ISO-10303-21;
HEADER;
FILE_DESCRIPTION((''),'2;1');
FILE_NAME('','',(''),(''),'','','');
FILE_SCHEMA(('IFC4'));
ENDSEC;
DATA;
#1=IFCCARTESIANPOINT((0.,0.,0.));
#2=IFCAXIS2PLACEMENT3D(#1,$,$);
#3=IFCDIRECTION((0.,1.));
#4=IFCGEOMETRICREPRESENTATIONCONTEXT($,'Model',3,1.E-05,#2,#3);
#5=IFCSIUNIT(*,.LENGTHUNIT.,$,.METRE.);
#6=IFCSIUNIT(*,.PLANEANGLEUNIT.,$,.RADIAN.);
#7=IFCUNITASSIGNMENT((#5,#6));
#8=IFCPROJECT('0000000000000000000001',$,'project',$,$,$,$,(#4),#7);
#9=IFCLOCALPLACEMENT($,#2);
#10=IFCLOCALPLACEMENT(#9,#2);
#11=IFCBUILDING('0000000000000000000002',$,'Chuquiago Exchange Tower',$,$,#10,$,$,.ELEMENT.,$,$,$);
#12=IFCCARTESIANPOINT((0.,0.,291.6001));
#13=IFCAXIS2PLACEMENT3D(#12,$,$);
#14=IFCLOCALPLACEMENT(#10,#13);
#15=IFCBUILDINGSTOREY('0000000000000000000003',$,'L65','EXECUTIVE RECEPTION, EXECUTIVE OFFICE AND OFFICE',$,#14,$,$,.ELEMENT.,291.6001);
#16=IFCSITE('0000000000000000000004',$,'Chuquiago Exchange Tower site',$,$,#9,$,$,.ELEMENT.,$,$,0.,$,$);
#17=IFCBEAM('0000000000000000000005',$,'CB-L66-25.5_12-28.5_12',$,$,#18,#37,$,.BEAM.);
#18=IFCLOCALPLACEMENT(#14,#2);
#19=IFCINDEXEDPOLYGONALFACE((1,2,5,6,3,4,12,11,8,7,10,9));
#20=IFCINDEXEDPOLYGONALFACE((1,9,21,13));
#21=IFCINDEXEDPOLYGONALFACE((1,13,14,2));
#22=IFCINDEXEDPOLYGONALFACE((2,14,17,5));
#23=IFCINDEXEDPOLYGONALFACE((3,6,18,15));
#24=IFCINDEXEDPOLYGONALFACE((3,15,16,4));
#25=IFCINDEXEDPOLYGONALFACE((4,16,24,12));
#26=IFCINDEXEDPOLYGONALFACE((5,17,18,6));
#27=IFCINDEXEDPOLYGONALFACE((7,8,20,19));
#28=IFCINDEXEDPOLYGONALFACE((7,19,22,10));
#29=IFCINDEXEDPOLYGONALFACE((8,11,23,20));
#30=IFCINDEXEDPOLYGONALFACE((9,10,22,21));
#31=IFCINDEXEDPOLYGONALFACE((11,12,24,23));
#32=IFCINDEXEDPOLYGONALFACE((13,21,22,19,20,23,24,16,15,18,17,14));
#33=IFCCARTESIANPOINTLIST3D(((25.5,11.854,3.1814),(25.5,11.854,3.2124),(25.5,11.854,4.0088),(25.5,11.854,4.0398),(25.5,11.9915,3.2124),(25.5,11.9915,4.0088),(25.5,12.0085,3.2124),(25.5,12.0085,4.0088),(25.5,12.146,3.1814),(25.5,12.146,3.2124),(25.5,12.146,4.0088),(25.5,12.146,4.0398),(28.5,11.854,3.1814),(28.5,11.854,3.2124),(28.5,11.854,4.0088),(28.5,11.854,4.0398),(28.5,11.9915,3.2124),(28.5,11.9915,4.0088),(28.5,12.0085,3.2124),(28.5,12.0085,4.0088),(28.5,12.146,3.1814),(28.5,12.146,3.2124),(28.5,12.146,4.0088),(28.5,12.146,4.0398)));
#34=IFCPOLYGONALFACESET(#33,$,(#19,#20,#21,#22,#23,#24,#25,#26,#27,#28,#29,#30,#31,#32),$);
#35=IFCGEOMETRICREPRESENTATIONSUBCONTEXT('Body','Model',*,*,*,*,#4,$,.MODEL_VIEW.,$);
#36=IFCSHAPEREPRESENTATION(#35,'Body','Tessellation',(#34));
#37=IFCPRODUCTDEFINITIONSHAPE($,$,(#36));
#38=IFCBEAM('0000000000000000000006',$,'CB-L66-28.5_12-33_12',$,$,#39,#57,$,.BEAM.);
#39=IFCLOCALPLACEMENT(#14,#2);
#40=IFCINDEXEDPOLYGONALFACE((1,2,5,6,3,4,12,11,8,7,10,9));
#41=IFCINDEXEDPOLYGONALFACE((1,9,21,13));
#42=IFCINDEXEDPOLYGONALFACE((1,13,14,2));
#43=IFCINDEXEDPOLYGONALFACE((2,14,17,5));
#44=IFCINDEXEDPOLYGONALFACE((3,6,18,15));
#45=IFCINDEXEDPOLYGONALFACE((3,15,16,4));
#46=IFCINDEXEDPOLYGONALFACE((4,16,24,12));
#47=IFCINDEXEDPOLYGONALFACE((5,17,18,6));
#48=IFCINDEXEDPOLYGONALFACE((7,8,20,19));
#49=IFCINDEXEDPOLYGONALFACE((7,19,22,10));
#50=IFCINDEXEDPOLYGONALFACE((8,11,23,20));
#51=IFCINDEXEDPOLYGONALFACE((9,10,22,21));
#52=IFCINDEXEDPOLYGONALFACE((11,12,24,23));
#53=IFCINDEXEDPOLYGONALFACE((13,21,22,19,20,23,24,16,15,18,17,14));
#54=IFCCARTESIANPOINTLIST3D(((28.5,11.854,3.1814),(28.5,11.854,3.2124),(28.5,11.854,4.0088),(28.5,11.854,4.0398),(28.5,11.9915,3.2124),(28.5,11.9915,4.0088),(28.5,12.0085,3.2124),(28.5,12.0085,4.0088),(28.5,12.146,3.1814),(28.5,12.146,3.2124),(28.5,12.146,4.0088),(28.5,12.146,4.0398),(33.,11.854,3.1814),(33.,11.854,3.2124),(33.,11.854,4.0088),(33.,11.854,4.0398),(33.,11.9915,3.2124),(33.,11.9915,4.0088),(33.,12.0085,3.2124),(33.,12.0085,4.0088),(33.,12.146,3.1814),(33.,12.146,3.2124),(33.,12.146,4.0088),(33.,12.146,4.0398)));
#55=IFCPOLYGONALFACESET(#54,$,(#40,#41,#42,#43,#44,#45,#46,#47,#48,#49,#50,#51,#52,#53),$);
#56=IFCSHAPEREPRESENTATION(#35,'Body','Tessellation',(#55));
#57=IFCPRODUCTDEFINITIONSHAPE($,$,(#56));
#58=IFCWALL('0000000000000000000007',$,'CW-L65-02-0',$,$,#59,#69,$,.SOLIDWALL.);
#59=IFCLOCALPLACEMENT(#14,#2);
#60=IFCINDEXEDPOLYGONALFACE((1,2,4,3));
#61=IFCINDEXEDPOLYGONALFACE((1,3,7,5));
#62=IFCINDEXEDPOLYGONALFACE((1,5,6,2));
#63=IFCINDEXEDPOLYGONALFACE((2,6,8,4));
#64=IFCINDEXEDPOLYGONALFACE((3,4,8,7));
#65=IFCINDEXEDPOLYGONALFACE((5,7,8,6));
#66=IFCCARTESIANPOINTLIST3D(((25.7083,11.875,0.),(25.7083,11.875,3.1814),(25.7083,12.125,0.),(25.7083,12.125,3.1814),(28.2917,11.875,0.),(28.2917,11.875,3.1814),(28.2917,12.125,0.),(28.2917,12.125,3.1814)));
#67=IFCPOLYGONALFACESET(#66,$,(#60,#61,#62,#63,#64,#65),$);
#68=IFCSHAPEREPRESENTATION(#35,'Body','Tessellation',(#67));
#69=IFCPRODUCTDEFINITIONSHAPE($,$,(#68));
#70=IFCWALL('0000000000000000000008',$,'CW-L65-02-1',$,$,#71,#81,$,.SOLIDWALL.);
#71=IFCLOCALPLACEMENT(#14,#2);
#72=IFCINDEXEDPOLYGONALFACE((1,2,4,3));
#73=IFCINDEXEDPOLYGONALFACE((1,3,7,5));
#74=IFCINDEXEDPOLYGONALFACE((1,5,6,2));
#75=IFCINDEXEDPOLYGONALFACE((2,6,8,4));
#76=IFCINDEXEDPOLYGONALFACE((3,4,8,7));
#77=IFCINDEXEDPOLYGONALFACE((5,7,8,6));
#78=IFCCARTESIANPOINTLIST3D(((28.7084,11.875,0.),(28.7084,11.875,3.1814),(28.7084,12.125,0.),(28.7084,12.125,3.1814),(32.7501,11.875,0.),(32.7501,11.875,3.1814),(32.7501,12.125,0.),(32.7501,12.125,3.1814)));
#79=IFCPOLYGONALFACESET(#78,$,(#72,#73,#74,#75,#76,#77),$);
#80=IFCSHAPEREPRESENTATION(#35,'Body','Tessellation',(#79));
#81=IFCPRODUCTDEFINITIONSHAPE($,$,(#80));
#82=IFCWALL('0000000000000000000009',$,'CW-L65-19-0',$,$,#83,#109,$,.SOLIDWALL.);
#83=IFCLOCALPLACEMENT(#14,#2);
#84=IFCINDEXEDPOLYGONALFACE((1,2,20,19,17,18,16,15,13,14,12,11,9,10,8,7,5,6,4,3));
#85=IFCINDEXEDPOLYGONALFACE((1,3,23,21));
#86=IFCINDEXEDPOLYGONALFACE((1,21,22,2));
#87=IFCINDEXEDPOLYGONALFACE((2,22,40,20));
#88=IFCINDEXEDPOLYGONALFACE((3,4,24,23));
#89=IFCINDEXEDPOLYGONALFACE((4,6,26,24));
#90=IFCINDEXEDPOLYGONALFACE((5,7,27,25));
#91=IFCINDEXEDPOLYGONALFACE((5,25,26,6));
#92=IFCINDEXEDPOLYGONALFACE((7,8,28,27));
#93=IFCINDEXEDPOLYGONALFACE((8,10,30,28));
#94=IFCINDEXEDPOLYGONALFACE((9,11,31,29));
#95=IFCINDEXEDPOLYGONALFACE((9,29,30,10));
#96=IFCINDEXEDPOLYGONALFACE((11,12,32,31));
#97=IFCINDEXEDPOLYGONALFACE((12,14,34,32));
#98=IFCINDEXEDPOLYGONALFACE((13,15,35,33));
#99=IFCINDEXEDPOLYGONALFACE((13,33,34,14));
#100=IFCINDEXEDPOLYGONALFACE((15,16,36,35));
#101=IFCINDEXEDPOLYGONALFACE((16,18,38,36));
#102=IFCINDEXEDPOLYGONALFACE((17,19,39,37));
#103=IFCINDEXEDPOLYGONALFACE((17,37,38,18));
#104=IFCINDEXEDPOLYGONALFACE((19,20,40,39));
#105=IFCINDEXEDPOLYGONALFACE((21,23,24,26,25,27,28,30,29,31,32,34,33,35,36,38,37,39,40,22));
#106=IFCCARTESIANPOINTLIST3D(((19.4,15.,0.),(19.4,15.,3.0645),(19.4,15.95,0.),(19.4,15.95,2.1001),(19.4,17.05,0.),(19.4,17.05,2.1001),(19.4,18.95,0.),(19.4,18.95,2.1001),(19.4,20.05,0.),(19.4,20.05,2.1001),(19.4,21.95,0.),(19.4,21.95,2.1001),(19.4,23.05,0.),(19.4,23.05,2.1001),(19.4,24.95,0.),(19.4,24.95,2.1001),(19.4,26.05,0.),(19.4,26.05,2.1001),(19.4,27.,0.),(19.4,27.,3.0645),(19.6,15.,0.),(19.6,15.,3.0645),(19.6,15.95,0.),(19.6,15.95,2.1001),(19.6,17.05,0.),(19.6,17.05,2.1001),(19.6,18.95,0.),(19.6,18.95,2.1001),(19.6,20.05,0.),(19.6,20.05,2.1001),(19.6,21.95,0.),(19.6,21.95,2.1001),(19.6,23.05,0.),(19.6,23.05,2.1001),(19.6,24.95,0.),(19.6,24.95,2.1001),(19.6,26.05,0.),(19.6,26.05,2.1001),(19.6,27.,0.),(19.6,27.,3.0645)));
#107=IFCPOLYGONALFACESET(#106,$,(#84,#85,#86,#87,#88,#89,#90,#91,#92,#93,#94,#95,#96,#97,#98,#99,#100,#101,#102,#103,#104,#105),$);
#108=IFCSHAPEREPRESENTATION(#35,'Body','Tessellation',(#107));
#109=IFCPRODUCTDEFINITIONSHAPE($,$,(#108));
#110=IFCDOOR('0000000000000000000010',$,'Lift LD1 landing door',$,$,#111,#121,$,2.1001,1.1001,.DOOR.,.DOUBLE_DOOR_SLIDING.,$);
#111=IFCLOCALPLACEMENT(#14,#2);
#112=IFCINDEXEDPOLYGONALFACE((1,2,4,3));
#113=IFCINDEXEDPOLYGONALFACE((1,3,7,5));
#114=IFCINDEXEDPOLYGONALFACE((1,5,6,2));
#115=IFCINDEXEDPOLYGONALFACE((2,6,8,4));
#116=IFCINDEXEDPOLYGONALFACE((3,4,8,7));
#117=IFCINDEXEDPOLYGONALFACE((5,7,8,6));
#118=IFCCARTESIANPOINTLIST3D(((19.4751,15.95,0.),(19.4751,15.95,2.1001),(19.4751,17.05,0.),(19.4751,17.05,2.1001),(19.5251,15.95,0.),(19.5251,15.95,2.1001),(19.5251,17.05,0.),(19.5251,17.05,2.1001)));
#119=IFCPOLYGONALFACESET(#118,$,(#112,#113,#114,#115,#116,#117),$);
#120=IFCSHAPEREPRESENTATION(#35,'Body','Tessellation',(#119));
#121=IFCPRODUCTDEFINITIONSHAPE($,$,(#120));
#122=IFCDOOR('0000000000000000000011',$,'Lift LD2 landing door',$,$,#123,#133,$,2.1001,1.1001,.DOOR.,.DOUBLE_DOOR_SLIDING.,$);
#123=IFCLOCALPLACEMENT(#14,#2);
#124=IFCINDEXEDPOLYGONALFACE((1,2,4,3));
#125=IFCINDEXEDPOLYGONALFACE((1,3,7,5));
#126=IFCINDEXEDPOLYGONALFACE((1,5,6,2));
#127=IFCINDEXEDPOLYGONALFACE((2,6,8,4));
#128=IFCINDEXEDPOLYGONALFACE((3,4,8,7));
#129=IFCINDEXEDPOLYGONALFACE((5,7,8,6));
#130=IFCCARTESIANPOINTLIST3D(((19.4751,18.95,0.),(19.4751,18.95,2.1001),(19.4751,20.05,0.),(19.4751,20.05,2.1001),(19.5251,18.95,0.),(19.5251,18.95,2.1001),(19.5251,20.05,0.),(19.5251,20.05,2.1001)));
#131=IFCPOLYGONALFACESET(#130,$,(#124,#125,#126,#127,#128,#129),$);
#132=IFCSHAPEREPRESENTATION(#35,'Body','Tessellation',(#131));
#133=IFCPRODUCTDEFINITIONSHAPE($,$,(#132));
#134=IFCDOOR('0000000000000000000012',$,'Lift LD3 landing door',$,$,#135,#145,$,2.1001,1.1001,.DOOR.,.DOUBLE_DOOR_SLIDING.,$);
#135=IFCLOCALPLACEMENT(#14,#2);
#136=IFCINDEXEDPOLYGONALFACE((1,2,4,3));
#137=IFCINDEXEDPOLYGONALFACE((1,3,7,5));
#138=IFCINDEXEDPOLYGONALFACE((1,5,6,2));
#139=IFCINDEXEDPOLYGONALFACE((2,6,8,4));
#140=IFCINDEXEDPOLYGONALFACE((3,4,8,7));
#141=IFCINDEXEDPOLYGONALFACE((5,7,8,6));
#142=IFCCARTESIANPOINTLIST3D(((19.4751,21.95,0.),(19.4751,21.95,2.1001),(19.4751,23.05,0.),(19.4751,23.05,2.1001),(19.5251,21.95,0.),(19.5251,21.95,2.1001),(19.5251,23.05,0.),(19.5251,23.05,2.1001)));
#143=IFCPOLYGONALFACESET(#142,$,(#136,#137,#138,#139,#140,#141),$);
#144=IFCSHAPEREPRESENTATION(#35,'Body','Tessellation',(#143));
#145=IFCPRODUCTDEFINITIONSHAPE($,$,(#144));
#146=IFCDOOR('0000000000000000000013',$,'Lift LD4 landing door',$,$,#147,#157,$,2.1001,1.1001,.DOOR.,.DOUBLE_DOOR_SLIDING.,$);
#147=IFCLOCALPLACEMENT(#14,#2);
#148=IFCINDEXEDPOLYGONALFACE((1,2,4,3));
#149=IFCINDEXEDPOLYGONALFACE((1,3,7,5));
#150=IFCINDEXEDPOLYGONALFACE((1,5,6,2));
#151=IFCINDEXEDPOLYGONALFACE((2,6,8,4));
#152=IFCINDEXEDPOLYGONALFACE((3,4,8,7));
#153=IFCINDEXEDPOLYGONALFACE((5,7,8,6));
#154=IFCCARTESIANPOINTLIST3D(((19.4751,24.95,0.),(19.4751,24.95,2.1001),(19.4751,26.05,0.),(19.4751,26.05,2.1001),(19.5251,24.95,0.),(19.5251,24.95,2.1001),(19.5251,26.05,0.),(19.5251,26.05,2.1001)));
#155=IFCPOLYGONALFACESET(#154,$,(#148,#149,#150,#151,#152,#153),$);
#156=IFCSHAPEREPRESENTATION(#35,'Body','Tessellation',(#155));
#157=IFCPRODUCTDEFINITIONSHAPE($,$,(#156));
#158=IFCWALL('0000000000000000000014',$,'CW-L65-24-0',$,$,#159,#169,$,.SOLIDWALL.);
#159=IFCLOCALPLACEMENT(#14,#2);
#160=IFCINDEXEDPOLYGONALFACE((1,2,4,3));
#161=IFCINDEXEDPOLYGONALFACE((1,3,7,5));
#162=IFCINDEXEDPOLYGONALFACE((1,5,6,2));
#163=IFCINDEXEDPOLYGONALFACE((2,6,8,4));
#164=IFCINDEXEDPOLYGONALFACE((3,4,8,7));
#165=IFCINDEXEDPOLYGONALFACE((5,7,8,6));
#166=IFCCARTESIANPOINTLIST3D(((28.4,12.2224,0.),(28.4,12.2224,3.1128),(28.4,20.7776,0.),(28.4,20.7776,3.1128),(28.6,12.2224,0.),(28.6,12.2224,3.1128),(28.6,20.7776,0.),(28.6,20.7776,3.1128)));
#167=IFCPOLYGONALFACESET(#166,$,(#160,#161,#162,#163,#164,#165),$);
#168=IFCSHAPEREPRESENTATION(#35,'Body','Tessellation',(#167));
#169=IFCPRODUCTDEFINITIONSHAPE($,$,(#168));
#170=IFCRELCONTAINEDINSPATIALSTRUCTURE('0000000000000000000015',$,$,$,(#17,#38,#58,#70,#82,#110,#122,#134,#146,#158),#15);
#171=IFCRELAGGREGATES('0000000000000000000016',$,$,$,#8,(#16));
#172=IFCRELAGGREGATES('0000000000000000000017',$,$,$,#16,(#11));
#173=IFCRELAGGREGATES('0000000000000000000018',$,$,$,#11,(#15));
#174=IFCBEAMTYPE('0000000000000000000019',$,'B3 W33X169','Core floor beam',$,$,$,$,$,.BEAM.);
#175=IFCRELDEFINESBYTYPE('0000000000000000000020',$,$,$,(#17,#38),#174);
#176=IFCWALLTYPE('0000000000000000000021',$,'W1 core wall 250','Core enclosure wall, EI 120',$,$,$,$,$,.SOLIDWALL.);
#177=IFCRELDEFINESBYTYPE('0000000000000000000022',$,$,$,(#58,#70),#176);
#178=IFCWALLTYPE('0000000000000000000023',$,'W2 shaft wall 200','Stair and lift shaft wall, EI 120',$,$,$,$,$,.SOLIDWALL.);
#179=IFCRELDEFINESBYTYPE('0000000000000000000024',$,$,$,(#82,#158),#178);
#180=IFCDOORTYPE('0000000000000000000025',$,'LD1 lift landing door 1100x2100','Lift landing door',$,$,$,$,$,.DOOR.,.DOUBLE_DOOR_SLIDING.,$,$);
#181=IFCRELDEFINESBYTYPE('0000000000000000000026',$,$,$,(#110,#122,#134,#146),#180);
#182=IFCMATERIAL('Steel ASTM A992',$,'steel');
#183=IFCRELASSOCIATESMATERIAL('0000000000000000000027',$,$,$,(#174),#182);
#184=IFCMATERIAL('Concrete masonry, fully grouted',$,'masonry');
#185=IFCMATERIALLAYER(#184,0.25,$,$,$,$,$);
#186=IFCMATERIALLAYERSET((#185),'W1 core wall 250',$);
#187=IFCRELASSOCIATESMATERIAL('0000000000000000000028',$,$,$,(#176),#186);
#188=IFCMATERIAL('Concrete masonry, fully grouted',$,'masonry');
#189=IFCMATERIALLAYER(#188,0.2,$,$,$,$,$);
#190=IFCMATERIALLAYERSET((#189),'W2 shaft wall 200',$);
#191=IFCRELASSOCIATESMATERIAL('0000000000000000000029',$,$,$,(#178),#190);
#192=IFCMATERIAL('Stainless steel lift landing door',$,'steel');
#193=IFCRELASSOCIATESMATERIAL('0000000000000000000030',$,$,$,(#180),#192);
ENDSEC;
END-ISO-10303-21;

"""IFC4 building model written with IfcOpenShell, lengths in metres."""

from ifc_helpers import new_model, si_unit, direction, frame, frame_2d, origin, origin_2d, place, context, subcontext, project, spatial, rectangle, i_section, extrude, material, layer, layer_set, material_profile, profile_set, type_object, element, fill, save


model = new_model("IFC4")

# Units and contexts
model_context = context("Model", 3, precision=1e-05, world=origin(), true_north=direction((0.0, 1.0)))
body_context = subcontext(model_context, "Body", "Model", "MODEL_VIEW")
ifc_project = project(units=[si_unit("LENGTHUNIT", "METRE"), si_unit("PLANEANGLEUNIT", "RADIAN")], contexts=[model_context])

# Site, building, storey
site_placement = place(None, origin())
site = spatial("IfcSite", under=ifc_project, at=site_placement, Name="Chuquiago Exchange Tower site", CompositionType="ELEMENT", RefElevation=0.0)
building_placement = place(site_placement, origin())
building = spatial("IfcBuilding", under=site, at=building_placement, Name="Chuquiago Exchange Tower", CompositionType="ELEMENT")
storey_placement = place(building_placement, frame((0.0, 0.0, 291.6001)))
storey = spatial("IfcBuildingStorey", under=building, at=storey_placement, Name="L65", Description="EXECUTIVE RECEPTION, EXECUTIVE OFFICE AND OFFICE", CompositionType="ELEMENT", Elevation=291.6001)

# Beams
ifc_material_1 = material(Name="Steel ASTM A992", Category="steel")
ifc_material_profile_1 = material_profile(ifc_material_1, i_section(OverallWidth=0.292, OverallDepth=0.8584, WebThickness=0.0171, FlangeThickness=0.031, at=origin_2d()), Name="W33X169")
ifc_profile_set_1 = profile_set([ifc_material_profile_1], Name="Steel ASTM A992")
beam_type_1 = type_object("IfcBeamType", Name="B3 W33X169", Description="Core floor beam", PredefinedType="BEAM", material=ifc_profile_set_1)
beam_1_placement = place(storey_placement, frame((25.5, 12.0, 3.6106), z_axis=(1.0, 0.0, 0.0), x_axis=(0.0, 1.0, 0.0)))
element("IfcBeam", 1, at=beam_1_placement, inside=storey, type_object=beam_type_1, Name="CB-L66-25.5_12-28.5_12", PredefinedType="BEAM", context=body_context, shape_type="SweptSolid", body=[
    extrude(i_section(OverallWidth=0.292, OverallDepth=0.8584, WebThickness=0.0171, FlangeThickness=0.031, at=origin_2d()), origin(), (0.0, 0.0, 1.0), 3.0),
])
beam_2_placement = place(storey_placement, frame((28.5, 12.0, 3.6106), z_axis=(1.0, 0.0, 0.0), x_axis=(0.0, 1.0, 0.0)))
element("IfcBeam", 2, at=beam_2_placement, inside=storey, type_object=beam_type_1, Name="CB-L66-28.5_12-33_12", PredefinedType="BEAM", context=body_context, shape_type="SweptSolid", body=[
    extrude(i_section(OverallWidth=0.292, OverallDepth=0.8584, WebThickness=0.0171, FlangeThickness=0.031, at=origin_2d()), origin(), (0.0, 0.0, 1.0), 4.5),
])

# Walls
ifc_material_2 = material(Name="Concrete masonry, fully grouted", Category="masonry")
ifc_layer_1 = layer(ifc_material_2, 0.25)
ifc_layer_set_1 = layer_set([ifc_layer_1], Name="W1 core wall 250")
wall_type_1 = type_object("IfcWallType", Name="W1 core wall 250", Description="Core enclosure wall, EI 120", PredefinedType="SOLIDWALL", material=ifc_layer_set_1)
wall_1_placement = place(storey_placement, frame((25.7083, 12.0, 0.0), z_axis=(0.0, 0.0, 1.0), x_axis=(1.0, 0.0, 0.0)))
element("IfcWall", 3, at=wall_1_placement, inside=storey, type_object=wall_type_1, Name="CW-L65-02-0", PredefinedType="SOLIDWALL", context=body_context, shape_type="SweptSolid", body=[
    extrude(rectangle(XDim=2.5835, YDim=0.25, at=frame_2d((1.2917, 0.0))), origin(), (0.0, 0.0, 1.0), 3.1814),
])
wall_2_placement = place(storey_placement, frame((28.7083, 12.0, 0.0), z_axis=(0.0, 0.0, 1.0), x_axis=(1.0, 0.0, 0.0)))
element("IfcWall", 4, at=wall_2_placement, inside=storey, type_object=wall_type_1, Name="CW-L65-02-1", PredefinedType="SOLIDWALL", context=body_context, shape_type="SweptSolid", body=[
    extrude(rectangle(XDim=4.0417, YDim=0.25, at=frame_2d((2.021, 0.0))), origin(), (0.0, 0.0, 1.0), 3.1814),
])

# Wall, openings, doors
ifc_material_3 = material(Name="Concrete masonry, fully grouted", Category="masonry")
ifc_layer_2 = layer(ifc_material_3, 0.2)
ifc_layer_set_2 = layer_set([ifc_layer_2], Name="W2 shaft wall 200")
wall_type_2 = type_object("IfcWallType", Name="W2 shaft wall 200", Description="Stair and lift shaft wall, EI 120", PredefinedType="SOLIDWALL", material=ifc_layer_set_2)
wall_3_placement = place(storey_placement, frame((19.5, 15.0, 0.0), z_axis=(0.0, 0.0, 1.0), x_axis=(0.0, 1.0, 0.0)))
wall_3 = element("IfcWall", 5, at=wall_3_placement, inside=storey, type_object=wall_type_2, Name="CW-L65-19-0", PredefinedType="SOLIDWALL", context=body_context, shape_type="SweptSolid", body=[
    extrude(rectangle(XDim=12.0, YDim=0.2, at=frame_2d((6.0, 0.0))), origin(), (0.0, 0.0, 1.0), 3.0645),
])
opening_1_placement = place(wall_3_placement, frame((0.95, 0.0, 0.0)))
opening_1 = element("IfcOpeningElement", 6, at=opening_1_placement, cuts=wall_3, PredefinedType="OPENING", context=body_context, shape_type="SweptSolid", body=[
    extrude(rectangle(XDim=1.1001, YDim=2.1001, at=frame_2d((0.55, 1.05))), frame((0.0, 0.1099, 0.0), z_axis=(0.0, -1.0, 0.0), x_axis=(1.0, 0.0, 0.0)), (0.0, 0.0, 1.0), 0.22),
])
opening_2_placement = place(wall_3_placement, frame((3.95, 0.0, 0.0)))
opening_2 = element("IfcOpeningElement", 7, at=opening_2_placement, cuts=wall_3, PredefinedType="OPENING", context=body_context, shape_type="SweptSolid", body=[
    extrude(rectangle(XDim=1.1001, YDim=2.1001, at=frame_2d((0.55, 1.05))), frame((0.0, 0.1099, 0.0), z_axis=(0.0, -1.0, 0.0), x_axis=(1.0, 0.0, 0.0)), (0.0, 0.0, 1.0), 0.22),
])
opening_3_placement = place(wall_3_placement, frame((6.95, 0.0, 0.0)))
opening_3 = element("IfcOpeningElement", 8, at=opening_3_placement, cuts=wall_3, PredefinedType="OPENING", context=body_context, shape_type="SweptSolid", body=[
    extrude(rectangle(XDim=1.1001, YDim=2.1001, at=frame_2d((0.55, 1.05))), frame((0.0, 0.1099, 0.0), z_axis=(0.0, -1.0, 0.0), x_axis=(1.0, 0.0, 0.0)), (0.0, 0.0, 1.0), 0.22),
])
opening_4_placement = place(wall_3_placement, frame((9.95, 0.0, 0.0)))
opening_4 = element("IfcOpeningElement", 9, at=opening_4_placement, cuts=wall_3, PredefinedType="OPENING", context=body_context, shape_type="SweptSolid", body=[
    extrude(rectangle(XDim=1.1001, YDim=2.1001, at=frame_2d((0.55, 1.05))), frame((0.0, 0.1099, 0.0), z_axis=(0.0, -1.0, 0.0), x_axis=(1.0, 0.0, 0.0)), (0.0, 0.0, 1.0), 0.22),
])
ifc_material_4 = material(Name="Stainless steel lift landing door", Category="steel")
door_type = type_object("IfcDoorType", Name="LD1 lift landing door 1100x2100", Description="Lift landing door", OperationType="DOUBLE_DOOR_SLIDING", PredefinedType="DOOR", material=ifc_material_4)
door_1_placement = place(opening_1_placement, origin())
door_1 = element("IfcDoor", 10, at=door_1_placement, inside=storey, type_object=door_type, Name="Lift LD1 landing door", OperationType="DOUBLE_DOOR_SLIDING", OverallHeight=2.1001, OverallWidth=1.1001, PredefinedType="DOOR", context=body_context, shape_type="SweptSolid", body=[
    extrude(rectangle(XDim=1.1001, YDim=2.1001, at=frame_2d((0.55, 1.05))), frame((0.0, 0.0249, 0.0), z_axis=(0.0, -1.0, 0.0), x_axis=(1.0, 0.0, 0.0)), (0.0, 0.0, 1.0), 0.05),
])
fill(opening_1, door_1)
door_2_placement = place(opening_2_placement, origin())
door_2 = element("IfcDoor", 11, at=door_2_placement, inside=storey, type_object=door_type, Name="Lift LD2 landing door", OperationType="DOUBLE_DOOR_SLIDING", OverallHeight=2.1001, OverallWidth=1.1001, PredefinedType="DOOR", context=body_context, shape_type="SweptSolid", body=[
    extrude(rectangle(XDim=1.1001, YDim=2.1001, at=frame_2d((0.55, 1.05))), frame((0.0, 0.0249, 0.0), z_axis=(0.0, -1.0, 0.0), x_axis=(1.0, 0.0, 0.0)), (0.0, 0.0, 1.0), 0.05),
])
fill(opening_2, door_2)
door_3_placement = place(opening_3_placement, origin())
door_3 = element("IfcDoor", 12, at=door_3_placement, inside=storey, type_object=door_type, Name="Lift LD3 landing door", OperationType="DOUBLE_DOOR_SLIDING", OverallHeight=2.1001, OverallWidth=1.1001, PredefinedType="DOOR", context=body_context, shape_type="SweptSolid", body=[
    extrude(rectangle(XDim=1.1001, YDim=2.1001, at=frame_2d((0.55, 1.05))), frame((0.0, 0.0249, 0.0), z_axis=(0.0, -1.0, 0.0), x_axis=(1.0, 0.0, 0.0)), (0.0, 0.0, 1.0), 0.05),
])
fill(opening_3, door_3)
door_4_placement = place(opening_4_placement, origin())
door_4 = element("IfcDoor", 13, at=door_4_placement, inside=storey, type_object=door_type, Name="Lift LD4 landing door", OperationType="DOUBLE_DOOR_SLIDING", OverallHeight=2.1001, OverallWidth=1.1001, PredefinedType="DOOR", context=body_context, shape_type="SweptSolid", body=[
    extrude(rectangle(XDim=1.1001, YDim=2.1001, at=frame_2d((0.55, 1.05))), frame((0.0, 0.0249, 0.0), z_axis=(0.0, -1.0, 0.0), x_axis=(1.0, 0.0, 0.0)), (0.0, 0.0, 1.0), 0.05),
])
fill(opening_4, door_4)

# Wall
wall_4_placement = place(storey_placement, frame((28.5, 12.2224, 0.0), z_axis=(0.0, 0.0, 1.0), x_axis=(0.0, 1.0, 0.0)))
element("IfcWall", 14, at=wall_4_placement, inside=storey, type_object=wall_type_2, Name="CW-L65-24-0", PredefinedType="SOLIDWALL", context=body_context, shape_type="SweptSolid", body=[
    extrude(rectangle(XDim=8.5552, YDim=0.2, at=frame_2d((4.2776, 0.0))), origin(), (0.0, 0.0, 1.0), 3.1128),
])

save(model, "model.ifc")
